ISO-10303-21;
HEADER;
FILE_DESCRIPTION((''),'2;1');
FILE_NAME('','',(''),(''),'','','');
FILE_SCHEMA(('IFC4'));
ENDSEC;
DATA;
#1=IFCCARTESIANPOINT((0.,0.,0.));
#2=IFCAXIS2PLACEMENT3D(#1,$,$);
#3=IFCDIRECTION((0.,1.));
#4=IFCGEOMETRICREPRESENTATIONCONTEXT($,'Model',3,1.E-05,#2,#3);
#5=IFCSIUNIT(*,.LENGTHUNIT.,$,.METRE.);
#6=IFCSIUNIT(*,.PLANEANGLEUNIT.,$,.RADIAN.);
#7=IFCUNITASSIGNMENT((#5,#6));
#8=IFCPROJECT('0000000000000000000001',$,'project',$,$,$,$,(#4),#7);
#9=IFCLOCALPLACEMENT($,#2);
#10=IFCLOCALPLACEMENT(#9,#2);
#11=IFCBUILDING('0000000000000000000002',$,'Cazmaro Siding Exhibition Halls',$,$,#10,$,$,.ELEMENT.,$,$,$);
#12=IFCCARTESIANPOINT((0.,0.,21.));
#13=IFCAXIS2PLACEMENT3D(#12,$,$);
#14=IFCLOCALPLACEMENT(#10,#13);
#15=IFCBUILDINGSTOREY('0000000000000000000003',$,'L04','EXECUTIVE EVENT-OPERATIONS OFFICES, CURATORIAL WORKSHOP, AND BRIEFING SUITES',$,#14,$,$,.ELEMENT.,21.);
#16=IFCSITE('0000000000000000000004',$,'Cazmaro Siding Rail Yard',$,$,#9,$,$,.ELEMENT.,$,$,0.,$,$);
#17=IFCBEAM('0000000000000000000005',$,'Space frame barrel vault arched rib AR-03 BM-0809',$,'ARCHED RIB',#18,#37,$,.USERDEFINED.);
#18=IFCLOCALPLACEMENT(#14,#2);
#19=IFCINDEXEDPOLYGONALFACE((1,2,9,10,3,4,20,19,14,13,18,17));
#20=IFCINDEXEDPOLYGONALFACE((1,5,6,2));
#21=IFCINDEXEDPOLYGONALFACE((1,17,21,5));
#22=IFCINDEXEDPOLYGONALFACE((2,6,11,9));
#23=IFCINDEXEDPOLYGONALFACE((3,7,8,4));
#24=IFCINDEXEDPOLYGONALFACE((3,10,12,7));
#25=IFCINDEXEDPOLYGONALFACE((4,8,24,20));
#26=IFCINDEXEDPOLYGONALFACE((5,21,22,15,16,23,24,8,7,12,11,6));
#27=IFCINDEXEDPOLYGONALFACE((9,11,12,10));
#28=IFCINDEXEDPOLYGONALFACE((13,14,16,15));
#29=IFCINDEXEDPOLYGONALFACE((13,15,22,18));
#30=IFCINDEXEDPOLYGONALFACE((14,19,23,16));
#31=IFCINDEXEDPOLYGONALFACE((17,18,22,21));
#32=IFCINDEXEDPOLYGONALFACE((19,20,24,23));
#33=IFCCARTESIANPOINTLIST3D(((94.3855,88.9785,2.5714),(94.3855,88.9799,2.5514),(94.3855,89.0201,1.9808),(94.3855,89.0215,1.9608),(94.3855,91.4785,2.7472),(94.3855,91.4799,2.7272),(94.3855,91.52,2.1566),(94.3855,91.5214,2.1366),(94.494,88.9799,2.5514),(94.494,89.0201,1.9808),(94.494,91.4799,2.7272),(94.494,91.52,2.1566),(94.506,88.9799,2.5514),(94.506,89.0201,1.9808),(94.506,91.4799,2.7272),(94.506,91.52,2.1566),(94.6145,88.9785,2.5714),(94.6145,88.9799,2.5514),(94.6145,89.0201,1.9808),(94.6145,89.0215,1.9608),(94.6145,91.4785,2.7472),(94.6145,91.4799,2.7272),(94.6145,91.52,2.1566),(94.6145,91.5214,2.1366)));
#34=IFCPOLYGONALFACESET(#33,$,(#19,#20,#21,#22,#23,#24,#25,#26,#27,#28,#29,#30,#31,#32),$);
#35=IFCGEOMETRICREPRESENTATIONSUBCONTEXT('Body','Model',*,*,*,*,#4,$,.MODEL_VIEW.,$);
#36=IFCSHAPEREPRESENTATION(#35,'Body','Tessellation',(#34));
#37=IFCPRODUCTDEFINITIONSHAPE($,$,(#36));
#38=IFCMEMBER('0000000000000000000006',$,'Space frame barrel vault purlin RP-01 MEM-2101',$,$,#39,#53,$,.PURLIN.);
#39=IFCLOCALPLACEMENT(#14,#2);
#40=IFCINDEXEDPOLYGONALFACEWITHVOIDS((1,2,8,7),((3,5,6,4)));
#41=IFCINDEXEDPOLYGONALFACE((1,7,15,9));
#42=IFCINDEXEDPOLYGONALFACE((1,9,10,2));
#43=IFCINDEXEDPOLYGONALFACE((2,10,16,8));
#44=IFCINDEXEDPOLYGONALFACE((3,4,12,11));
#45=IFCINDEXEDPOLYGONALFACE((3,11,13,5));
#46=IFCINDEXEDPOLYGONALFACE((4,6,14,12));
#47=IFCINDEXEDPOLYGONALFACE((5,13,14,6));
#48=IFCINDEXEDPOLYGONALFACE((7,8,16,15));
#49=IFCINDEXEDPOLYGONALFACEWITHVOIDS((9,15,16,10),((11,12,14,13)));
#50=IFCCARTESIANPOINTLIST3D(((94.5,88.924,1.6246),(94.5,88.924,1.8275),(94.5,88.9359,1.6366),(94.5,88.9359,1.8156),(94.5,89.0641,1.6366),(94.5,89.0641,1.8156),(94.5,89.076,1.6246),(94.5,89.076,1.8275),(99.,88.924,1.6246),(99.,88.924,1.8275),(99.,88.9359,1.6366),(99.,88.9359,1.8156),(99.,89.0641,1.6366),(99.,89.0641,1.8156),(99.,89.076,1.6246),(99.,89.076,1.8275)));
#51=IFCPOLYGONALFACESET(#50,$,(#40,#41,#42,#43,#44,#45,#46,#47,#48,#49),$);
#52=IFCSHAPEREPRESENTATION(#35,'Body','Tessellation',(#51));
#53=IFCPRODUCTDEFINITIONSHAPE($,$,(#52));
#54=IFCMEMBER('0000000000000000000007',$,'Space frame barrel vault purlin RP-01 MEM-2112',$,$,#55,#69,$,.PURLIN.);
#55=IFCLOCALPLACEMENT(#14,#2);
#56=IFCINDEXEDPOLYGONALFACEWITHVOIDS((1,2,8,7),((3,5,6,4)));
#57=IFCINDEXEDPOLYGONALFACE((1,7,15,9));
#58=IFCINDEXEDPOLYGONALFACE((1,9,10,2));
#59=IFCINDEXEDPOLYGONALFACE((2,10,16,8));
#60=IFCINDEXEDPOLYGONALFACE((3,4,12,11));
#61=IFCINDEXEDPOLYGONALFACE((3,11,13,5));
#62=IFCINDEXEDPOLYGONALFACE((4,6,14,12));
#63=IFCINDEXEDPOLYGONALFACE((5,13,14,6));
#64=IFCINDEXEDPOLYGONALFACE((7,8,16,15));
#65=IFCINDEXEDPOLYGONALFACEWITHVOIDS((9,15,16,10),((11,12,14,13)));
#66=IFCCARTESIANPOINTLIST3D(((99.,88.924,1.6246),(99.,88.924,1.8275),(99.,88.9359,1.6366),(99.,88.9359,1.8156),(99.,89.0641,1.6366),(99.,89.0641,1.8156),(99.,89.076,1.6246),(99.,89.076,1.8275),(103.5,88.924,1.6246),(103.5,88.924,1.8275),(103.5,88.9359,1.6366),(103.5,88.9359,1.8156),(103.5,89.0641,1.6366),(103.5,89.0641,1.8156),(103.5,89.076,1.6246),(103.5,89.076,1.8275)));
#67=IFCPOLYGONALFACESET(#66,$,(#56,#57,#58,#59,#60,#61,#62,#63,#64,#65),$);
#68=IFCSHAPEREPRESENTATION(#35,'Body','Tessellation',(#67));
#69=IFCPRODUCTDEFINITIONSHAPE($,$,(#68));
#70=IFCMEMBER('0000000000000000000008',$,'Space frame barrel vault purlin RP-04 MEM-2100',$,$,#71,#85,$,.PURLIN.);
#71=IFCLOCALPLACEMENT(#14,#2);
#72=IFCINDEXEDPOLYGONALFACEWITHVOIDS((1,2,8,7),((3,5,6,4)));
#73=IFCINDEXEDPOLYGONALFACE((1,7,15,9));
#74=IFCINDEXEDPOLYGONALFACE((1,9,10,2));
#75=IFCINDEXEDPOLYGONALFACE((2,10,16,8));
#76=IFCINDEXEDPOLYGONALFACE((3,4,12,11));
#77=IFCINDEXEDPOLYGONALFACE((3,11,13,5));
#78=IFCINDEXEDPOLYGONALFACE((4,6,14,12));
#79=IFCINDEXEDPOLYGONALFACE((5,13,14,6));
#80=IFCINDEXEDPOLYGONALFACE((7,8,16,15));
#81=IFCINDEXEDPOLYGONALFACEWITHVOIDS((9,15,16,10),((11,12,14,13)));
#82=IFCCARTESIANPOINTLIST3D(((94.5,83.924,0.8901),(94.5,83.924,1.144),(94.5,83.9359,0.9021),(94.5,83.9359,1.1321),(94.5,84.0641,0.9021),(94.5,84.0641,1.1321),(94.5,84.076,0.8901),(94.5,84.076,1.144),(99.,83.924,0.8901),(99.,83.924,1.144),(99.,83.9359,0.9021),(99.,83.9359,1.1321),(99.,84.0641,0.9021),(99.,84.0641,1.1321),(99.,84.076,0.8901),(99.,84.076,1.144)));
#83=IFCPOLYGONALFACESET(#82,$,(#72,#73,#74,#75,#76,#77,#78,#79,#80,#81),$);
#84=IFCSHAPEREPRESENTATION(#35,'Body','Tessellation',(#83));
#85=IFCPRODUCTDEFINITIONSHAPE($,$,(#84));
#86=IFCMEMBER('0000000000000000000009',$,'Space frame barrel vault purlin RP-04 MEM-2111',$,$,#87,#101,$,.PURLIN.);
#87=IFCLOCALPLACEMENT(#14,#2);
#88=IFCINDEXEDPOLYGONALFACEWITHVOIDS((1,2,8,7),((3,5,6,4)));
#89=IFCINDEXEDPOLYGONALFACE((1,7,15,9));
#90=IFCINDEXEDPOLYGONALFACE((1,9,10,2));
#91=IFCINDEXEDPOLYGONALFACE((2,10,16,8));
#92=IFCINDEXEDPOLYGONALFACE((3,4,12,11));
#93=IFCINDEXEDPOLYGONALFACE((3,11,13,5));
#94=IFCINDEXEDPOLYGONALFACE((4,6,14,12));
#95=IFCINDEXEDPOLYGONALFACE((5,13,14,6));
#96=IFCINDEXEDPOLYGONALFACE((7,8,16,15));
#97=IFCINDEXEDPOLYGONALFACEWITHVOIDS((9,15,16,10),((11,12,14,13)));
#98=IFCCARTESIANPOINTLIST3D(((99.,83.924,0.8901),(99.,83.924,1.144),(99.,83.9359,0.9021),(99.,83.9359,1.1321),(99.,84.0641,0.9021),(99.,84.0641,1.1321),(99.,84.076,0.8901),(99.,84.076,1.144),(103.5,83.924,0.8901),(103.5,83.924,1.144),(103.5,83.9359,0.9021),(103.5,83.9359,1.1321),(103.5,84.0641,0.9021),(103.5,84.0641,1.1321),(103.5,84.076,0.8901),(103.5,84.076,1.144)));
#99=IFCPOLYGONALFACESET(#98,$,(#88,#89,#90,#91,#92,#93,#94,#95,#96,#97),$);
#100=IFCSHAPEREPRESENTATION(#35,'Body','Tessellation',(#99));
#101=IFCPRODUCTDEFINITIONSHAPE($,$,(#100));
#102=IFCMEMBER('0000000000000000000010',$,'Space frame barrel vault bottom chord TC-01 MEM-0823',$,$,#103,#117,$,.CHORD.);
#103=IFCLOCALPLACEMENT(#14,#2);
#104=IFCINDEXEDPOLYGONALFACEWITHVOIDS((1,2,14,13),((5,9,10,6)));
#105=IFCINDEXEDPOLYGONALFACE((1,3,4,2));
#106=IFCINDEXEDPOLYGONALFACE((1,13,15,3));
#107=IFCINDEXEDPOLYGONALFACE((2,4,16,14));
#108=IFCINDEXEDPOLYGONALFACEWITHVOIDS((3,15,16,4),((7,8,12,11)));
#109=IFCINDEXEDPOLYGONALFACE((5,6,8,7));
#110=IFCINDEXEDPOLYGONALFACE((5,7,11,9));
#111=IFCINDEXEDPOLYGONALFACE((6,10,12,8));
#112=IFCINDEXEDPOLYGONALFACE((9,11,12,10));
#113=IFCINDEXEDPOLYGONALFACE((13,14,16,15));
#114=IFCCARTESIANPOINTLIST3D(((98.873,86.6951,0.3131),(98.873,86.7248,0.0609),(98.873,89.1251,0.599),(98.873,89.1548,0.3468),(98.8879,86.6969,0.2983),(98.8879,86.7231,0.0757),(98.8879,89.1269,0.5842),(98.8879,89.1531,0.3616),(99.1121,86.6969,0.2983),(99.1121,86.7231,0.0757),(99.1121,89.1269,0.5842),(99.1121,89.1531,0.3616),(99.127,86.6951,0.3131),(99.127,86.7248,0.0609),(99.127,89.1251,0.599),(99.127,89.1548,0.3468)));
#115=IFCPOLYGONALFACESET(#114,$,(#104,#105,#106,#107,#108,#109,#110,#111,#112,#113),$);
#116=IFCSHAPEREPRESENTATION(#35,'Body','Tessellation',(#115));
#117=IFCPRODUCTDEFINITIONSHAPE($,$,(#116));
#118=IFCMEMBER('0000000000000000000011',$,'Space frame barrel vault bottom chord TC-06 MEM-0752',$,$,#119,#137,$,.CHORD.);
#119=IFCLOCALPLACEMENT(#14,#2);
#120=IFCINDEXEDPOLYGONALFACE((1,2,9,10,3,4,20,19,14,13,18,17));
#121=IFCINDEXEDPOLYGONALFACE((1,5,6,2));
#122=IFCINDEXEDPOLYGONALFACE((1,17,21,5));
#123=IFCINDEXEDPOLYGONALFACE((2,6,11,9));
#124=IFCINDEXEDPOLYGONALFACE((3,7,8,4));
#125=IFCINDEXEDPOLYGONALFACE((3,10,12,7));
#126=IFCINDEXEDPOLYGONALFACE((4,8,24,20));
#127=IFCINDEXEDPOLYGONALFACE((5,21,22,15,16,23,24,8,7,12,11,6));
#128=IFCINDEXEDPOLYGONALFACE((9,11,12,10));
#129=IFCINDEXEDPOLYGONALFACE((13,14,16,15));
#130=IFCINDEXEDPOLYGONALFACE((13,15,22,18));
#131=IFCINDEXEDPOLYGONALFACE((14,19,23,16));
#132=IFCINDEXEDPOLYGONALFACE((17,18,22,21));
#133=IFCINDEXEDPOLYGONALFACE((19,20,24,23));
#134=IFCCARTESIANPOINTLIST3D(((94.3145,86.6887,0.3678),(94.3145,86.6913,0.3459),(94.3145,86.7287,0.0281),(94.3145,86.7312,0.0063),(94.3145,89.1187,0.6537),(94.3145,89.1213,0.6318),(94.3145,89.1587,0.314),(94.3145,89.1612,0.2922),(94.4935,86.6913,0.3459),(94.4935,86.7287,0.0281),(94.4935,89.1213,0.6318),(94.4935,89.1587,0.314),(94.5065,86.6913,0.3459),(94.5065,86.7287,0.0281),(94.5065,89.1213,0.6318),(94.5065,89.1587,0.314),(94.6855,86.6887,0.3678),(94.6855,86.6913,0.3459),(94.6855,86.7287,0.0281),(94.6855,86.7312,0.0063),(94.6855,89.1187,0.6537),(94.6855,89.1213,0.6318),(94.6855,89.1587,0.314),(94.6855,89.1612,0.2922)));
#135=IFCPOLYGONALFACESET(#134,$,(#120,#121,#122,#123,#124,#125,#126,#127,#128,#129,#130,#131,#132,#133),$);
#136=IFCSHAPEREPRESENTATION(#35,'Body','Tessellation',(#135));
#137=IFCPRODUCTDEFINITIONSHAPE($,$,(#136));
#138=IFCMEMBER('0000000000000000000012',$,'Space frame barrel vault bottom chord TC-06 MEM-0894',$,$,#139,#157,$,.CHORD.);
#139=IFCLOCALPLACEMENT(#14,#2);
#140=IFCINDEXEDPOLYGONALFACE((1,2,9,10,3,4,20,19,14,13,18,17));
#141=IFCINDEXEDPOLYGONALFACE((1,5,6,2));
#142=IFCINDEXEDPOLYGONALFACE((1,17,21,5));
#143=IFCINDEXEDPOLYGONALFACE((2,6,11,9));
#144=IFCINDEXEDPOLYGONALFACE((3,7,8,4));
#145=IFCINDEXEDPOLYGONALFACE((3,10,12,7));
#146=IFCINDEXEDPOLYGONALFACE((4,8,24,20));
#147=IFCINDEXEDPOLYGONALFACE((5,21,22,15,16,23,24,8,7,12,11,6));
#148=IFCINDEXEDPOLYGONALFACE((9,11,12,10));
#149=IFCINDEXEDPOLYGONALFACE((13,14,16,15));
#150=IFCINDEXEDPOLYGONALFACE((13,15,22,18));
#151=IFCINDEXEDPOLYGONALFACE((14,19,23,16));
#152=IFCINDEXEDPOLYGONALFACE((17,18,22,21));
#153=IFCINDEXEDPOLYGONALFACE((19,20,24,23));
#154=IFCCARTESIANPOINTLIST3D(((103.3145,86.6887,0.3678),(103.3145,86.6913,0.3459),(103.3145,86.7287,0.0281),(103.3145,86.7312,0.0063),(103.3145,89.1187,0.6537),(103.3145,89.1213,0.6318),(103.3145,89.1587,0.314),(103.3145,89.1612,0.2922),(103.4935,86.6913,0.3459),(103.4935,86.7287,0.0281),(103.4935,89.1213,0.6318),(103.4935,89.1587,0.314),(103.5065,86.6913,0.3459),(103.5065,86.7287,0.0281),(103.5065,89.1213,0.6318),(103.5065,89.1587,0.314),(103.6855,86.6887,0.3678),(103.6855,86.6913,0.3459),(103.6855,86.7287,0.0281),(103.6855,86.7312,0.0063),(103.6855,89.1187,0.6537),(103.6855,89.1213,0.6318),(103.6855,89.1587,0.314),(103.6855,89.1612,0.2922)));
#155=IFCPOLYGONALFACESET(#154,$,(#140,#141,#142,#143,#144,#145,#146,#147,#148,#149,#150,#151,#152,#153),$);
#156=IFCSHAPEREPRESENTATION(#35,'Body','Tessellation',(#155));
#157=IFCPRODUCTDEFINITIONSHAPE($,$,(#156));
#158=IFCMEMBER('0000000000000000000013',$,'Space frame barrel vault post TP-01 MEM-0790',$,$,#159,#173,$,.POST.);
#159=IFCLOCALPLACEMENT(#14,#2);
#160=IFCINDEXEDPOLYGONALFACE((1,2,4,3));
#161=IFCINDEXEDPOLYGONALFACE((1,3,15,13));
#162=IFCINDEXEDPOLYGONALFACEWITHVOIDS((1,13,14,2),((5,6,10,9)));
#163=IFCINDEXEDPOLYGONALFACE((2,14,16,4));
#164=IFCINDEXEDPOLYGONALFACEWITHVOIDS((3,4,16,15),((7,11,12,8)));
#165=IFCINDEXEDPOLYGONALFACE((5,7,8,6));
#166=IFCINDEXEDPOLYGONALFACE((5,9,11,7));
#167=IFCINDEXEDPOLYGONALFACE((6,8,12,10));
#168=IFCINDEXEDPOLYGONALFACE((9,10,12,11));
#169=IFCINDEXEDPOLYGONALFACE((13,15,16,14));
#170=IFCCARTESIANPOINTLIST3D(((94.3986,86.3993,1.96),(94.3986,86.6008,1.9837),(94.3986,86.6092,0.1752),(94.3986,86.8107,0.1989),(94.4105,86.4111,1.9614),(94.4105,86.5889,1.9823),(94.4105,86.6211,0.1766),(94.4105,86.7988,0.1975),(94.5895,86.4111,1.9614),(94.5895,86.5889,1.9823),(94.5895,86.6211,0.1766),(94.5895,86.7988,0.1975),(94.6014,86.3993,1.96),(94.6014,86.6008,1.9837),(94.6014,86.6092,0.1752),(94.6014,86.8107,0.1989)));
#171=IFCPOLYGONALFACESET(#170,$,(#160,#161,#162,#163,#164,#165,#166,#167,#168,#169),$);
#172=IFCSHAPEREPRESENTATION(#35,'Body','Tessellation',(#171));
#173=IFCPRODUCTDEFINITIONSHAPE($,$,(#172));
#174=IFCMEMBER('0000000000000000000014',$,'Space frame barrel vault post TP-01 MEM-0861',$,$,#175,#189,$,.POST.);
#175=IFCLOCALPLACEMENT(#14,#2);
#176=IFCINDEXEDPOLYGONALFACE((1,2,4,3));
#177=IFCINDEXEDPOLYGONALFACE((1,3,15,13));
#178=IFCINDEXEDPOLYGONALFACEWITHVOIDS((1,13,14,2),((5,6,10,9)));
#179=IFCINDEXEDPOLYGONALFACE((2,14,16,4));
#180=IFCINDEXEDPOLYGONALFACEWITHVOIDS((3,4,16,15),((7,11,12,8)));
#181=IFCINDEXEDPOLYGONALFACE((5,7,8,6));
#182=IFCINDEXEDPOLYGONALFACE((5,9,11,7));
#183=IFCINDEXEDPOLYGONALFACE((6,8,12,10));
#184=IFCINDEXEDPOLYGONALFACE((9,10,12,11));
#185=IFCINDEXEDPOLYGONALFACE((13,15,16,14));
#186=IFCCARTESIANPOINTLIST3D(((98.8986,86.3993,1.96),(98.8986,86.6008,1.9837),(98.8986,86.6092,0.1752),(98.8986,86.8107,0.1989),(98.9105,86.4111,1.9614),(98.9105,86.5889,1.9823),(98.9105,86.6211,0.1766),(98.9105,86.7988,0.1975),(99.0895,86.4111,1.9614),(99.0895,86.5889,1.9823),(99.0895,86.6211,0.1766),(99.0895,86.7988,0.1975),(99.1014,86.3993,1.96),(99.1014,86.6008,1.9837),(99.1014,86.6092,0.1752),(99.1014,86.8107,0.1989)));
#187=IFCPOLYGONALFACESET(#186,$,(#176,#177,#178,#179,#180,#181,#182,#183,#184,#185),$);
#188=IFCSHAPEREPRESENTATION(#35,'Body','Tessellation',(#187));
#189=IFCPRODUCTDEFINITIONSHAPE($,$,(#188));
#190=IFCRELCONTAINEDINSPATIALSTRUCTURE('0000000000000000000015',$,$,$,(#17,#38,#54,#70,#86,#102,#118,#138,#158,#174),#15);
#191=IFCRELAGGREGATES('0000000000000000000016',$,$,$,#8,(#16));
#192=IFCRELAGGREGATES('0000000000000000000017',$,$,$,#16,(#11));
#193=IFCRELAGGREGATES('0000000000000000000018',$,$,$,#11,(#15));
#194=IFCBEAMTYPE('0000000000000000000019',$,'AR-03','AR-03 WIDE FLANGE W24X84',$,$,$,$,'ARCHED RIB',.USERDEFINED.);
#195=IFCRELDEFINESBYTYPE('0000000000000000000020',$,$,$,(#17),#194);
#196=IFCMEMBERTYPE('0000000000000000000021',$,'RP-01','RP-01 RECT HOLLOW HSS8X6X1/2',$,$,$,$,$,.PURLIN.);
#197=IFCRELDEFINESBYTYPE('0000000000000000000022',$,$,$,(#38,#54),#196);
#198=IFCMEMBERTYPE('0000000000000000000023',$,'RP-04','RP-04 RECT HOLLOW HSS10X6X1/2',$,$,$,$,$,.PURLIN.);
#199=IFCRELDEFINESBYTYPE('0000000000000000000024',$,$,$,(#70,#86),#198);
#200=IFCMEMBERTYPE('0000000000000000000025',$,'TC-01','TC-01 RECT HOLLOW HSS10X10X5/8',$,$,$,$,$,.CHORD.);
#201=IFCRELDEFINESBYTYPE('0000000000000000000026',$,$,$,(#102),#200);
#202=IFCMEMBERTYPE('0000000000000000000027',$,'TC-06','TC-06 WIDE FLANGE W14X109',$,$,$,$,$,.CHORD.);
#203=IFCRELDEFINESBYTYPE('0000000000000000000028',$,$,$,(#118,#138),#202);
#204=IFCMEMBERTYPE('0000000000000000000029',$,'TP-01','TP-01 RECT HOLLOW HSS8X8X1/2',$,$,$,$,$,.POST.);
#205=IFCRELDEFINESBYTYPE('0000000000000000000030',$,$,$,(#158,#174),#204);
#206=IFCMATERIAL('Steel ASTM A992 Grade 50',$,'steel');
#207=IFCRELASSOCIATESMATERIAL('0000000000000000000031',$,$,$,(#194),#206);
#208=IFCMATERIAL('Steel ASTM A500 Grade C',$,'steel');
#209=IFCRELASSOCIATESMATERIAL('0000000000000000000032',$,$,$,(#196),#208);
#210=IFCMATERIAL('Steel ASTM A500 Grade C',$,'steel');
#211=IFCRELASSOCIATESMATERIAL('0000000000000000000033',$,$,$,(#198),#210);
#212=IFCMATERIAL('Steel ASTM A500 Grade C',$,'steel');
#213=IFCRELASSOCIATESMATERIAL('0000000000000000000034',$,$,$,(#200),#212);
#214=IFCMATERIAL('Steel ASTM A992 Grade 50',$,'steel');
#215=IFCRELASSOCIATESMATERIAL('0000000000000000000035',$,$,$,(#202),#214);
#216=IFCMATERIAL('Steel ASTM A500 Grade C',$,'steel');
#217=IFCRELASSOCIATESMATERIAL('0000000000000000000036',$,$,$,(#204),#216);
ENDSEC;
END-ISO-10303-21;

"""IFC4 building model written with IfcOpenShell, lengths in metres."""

from ifc_helpers import new_model, si_unit, direction, frame, origin, origin_2d, place, context, subcontext, project, spatial, hollow_rectangle, i_section, extrude, material, material_profile, profile_set, type_object, element, save


model = new_model("IFC4")

# Units and contexts
model_context = context("Model", 3, precision=1e-05, world=origin(), true_north=direction((0.0, 1.0)))
body_context = subcontext(model_context, "Body", "Model", "MODEL_VIEW")
ifc_project = project(units=[si_unit("LENGTHUNIT", "METRE"), si_unit("PLANEANGLEUNIT", "RADIAN")], contexts=[model_context])

# Site, building, storey
site_placement = place(None, origin())
site = spatial("IfcSite", under=ifc_project, at=site_placement, Name="Cazmaro Siding Rail Yard", CompositionType="ELEMENT", RefElevation=0.0)
building_placement = place(site_placement, origin())
building = spatial("IfcBuilding", under=site, at=building_placement, Name="Cazmaro Siding Exhibition Halls", CompositionType="ELEMENT")
storey_placement = place(building_placement, frame((0.0, 0.0, 21.0)))
storey = spatial("IfcBuildingStorey", under=building, at=storey_placement, Name="L04", Description="EXECUTIVE EVENT-OPERATIONS OFFICES, CURATORIAL WORKSHOP, AND BRIEFING SUITES", CompositionType="ELEMENT", Elevation=21.0)

# Beam
ifc_material_1 = material(Name="Steel ASTM A992 Grade 50", Category="steel")
ifc_material_profile_1 = material_profile(ifc_material_1, i_section(OverallWidth=0.229, OverallDepth=0.6121, WebThickness=0.012, FlangeThickness=0.02, at=origin_2d()), Name="W24X84")
ifc_profile_set_1 = profile_set([ifc_material_profile_1], Name="Steel ASTM A992 Grade 50")
beam_type_1 = type_object("IfcBeamType", Name="AR-03", Description="AR-03 WIDE FLANGE W24X84", ElementType="ARCHED RIB", PredefinedType="USERDEFINED", material=ifc_profile_set_1)
beam_1_placement = place(storey_placement, frame((94.5, 89.0, 2.2661), z_axis=(0.0, 0.997537, 0.070139), x_axis=(-1.0, 0.0, 0.0)))
element("IfcBeam", 1, at=beam_1_placement, inside=storey, type_object=beam_type_1, Name="Space frame barrel vault arched rib AR-03 BM-0809", ObjectType="ARCHED RIB", PredefinedType="USERDEFINED", context=body_context, shape_type="SweptSolid", body=[
    extrude(i_section(OverallWidth=0.229, OverallDepth=0.6121, WebThickness=0.012, FlangeThickness=0.02, at=origin_2d()), origin(), (0.0, 0.0, 1.0), 2.5061),
])

# Members
ifc_material_2 = material(Name="Steel ASTM A500 Grade C", Category="steel")
ifc_material_profile_2 = material_profile(ifc_material_2, hollow_rectangle(XDim=0.1521, YDim=0.2029, WallThickness=0.012, at=origin_2d()), Name="HSS8X6X1/2")
ifc_profile_set_2 = profile_set([ifc_material_profile_2], Name="Steel ASTM A500 Grade C")
member_type_1 = type_object("IfcMemberType", Name="RP-01", Description="RP-01 RECT HOLLOW HSS8X6X1/2", PredefinedType="PURLIN", material=ifc_profile_set_2)
for number, where, z_axis, x_axis, name in (
    (2, (94.5, 89.0, 1.7261), (1.0, 0.0, 0.0), (0.0, 1.0, 0.0), "Space frame barrel vault purlin RP-01 MEM-2101"),
    (3, (99.0, 89.0, 1.7261), (1.0, 0.0, 0.0), (0.0, 1.0, 0.0), "Space frame barrel vault purlin RP-01 MEM-2112"),
):
    element("IfcMember", number, at=place(storey_placement, frame(where, z_axis=z_axis, x_axis=x_axis)), inside=storey, type_object=member_type_1, Name=name, PredefinedType="PURLIN", context=body_context, shape_type="SweptSolid", body=[
        extrude(hollow_rectangle(XDim=0.1521, YDim=0.2029, WallThickness=0.012, at=origin_2d()), origin(), (0.0, 0.0, 1.0), 4.5),
    ])
ifc_material_3 = material(Name="Steel ASTM A500 Grade C", Category="steel")
ifc_material_profile_3 = material_profile(ifc_material_3, hollow_rectangle(XDim=0.1521, YDim=0.2539, WallThickness=0.012, at=origin_2d()), Name="HSS10X6X1/2")
ifc_profile_set_3 = profile_set([ifc_material_profile_3], Name="Steel ASTM A500 Grade C")
member_type_2 = type_object("IfcMemberType", Name="RP-04", Description="RP-04 RECT HOLLOW HSS10X6X1/2", PredefinedType="PURLIN", material=ifc_profile_set_3)
for number, where, z_axis, x_axis, name in (
    (4, (94.5, 84.0, 1.0171), (1.0, 0.0, 0.0), (0.0, 1.0, 0.0), "Space frame barrel vault purlin RP-04 MEM-2100"),
    (5, (99.0, 84.0, 1.0171), (1.0, 0.0, 0.0), (0.0, 1.0, 0.0), "Space frame barrel vault purlin RP-04 MEM-2111"),
):
    element("IfcMember", number, at=place(storey_placement, frame(where, z_axis=z_axis, x_axis=x_axis)), inside=storey, type_object=member_type_2, Name=name, PredefinedType="PURLIN", context=body_context, shape_type="SweptSolid", body=[
        extrude(hollow_rectangle(XDim=0.1521, YDim=0.2539, WallThickness=0.012, at=origin_2d()), origin(), (0.0, 0.0, 1.0), 4.5),
    ])
ifc_material_4 = material(Name="Steel ASTM A500 Grade C", Category="steel")
ifc_material_profile_4 = material_profile(ifc_material_4, hollow_rectangle(XDim=0.2539, YDim=0.2539, WallThickness=0.0149, at=origin_2d()), Name="HSS10X10X5/8")
ifc_profile_set_4 = profile_set([ifc_material_profile_4], Name="Steel ASTM A500 Grade C")
member_type_3 = type_object("IfcMemberType", Name="TC-01", Description="TC-01 RECT HOLLOW HSS10X10X5/8", PredefinedType="CHORD", material=ifc_profile_set_4)
member_placement = place(storey_placement, frame((99.0, 86.71, 0.187), z_axis=(0.0, 0.99315, 0.116847), x_axis=(-1.0, 0.0, 0.0)))
element("IfcMember", 6, at=member_placement, inside=storey, type_object=member_type_3, Name="Space frame barrel vault bottom chord TC-01 MEM-0823", PredefinedType="CHORD", context=body_context, shape_type="SweptSolid", body=[
    extrude(hollow_rectangle(XDim=0.2539, YDim=0.2539, WallThickness=0.0149, at=origin_2d()), origin(), (0.0, 0.0, 1.0), 2.4468),
])
ifc_material_5 = material(Name="Steel ASTM A992 Grade 50", Category="steel")
ifc_material_profile_5 = material_profile(ifc_material_5, i_section(OverallWidth=0.3711, OverallDepth=0.364, WebThickness=0.0129, FlangeThickness=0.022, at=origin_2d()), Name="W14X109")
ifc_profile_set_5 = profile_set([ifc_material_profile_5], Name="Steel ASTM A992 Grade 50")
member_type_4 = type_object("IfcMemberType", Name="TC-06", Description="TC-06 WIDE FLANGE W14X109", PredefinedType="CHORD", material=ifc_profile_set_5)
for number, where, z_axis, x_axis, name in (
    (7, (94.5, 86.71, 0.187), (0.0, 0.99315, 0.116847), (-1.0, 0.0, 0.0), "Space frame barrel vault bottom chord TC-06 MEM-0752"),
    (8, (103.5, 86.71, 0.187), (0.0, 0.99315, 0.116847), (-1.0, 0.0, 0.0), "Space frame barrel vault bottom chord TC-06 MEM-0894"),
):
    element("IfcMember", number, at=place(storey_placement, frame(where, z_axis=z_axis, x_axis=x_axis)), inside=storey, type_object=member_type_4, Name=name, PredefinedType="CHORD", context=body_context, shape_type="SweptSolid", body=[
        extrude(i_section(OverallWidth=0.3711, OverallDepth=0.364, WebThickness=0.0129, FlangeThickness=0.022, at=origin_2d()), origin(), (0.0, 0.0, 1.0), 2.4468),
    ])
ifc_material_6 = material(Name="Steel ASTM A500 Grade C", Category="steel")
ifc_material_profile_6 = material_profile(ifc_material_6, hollow_rectangle(XDim=0.2029, YDim=0.2029, WallThickness=0.012, at=origin_2d()), Name="HSS8X8X1/2")
ifc_profile_set_6 = profile_set([ifc_material_profile_6], Name="Steel ASTM A500 Grade C")
member_type_5 = type_object("IfcMemberType", Name="TP-01", Description="TP-01 RECT HOLLOW HSS8X8X1/2", PredefinedType="POST", material=ifc_profile_set_6)
for number, where, z_axis, x_axis, name in (
    (9, (94.5, 86.71, 0.187), (0.0, -0.116825, 0.993152), (1.0, 0.0, 0.0), "Space frame barrel vault post TP-01 MEM-0790"),
    (10, (99.0, 86.71, 0.187), (0.0, -0.116825, 0.993152), (1.0, 0.0, 0.0), "Space frame barrel vault post TP-01 MEM-0861"),
):
    element("IfcMember", number, at=place(storey_placement, frame(where, z_axis=z_axis, x_axis=x_axis)), inside=storey, type_object=member_type_5, Name=name, PredefinedType="POST", context=body_context, shape_type="SweptSolid", body=[
        extrude(hollow_rectangle(XDim=0.2029, YDim=0.2029, WallThickness=0.012, at=origin_2d()), origin(), (0.0, 0.0, 1.0), 1.7971),
    ])

save(model, "model.ifc")
